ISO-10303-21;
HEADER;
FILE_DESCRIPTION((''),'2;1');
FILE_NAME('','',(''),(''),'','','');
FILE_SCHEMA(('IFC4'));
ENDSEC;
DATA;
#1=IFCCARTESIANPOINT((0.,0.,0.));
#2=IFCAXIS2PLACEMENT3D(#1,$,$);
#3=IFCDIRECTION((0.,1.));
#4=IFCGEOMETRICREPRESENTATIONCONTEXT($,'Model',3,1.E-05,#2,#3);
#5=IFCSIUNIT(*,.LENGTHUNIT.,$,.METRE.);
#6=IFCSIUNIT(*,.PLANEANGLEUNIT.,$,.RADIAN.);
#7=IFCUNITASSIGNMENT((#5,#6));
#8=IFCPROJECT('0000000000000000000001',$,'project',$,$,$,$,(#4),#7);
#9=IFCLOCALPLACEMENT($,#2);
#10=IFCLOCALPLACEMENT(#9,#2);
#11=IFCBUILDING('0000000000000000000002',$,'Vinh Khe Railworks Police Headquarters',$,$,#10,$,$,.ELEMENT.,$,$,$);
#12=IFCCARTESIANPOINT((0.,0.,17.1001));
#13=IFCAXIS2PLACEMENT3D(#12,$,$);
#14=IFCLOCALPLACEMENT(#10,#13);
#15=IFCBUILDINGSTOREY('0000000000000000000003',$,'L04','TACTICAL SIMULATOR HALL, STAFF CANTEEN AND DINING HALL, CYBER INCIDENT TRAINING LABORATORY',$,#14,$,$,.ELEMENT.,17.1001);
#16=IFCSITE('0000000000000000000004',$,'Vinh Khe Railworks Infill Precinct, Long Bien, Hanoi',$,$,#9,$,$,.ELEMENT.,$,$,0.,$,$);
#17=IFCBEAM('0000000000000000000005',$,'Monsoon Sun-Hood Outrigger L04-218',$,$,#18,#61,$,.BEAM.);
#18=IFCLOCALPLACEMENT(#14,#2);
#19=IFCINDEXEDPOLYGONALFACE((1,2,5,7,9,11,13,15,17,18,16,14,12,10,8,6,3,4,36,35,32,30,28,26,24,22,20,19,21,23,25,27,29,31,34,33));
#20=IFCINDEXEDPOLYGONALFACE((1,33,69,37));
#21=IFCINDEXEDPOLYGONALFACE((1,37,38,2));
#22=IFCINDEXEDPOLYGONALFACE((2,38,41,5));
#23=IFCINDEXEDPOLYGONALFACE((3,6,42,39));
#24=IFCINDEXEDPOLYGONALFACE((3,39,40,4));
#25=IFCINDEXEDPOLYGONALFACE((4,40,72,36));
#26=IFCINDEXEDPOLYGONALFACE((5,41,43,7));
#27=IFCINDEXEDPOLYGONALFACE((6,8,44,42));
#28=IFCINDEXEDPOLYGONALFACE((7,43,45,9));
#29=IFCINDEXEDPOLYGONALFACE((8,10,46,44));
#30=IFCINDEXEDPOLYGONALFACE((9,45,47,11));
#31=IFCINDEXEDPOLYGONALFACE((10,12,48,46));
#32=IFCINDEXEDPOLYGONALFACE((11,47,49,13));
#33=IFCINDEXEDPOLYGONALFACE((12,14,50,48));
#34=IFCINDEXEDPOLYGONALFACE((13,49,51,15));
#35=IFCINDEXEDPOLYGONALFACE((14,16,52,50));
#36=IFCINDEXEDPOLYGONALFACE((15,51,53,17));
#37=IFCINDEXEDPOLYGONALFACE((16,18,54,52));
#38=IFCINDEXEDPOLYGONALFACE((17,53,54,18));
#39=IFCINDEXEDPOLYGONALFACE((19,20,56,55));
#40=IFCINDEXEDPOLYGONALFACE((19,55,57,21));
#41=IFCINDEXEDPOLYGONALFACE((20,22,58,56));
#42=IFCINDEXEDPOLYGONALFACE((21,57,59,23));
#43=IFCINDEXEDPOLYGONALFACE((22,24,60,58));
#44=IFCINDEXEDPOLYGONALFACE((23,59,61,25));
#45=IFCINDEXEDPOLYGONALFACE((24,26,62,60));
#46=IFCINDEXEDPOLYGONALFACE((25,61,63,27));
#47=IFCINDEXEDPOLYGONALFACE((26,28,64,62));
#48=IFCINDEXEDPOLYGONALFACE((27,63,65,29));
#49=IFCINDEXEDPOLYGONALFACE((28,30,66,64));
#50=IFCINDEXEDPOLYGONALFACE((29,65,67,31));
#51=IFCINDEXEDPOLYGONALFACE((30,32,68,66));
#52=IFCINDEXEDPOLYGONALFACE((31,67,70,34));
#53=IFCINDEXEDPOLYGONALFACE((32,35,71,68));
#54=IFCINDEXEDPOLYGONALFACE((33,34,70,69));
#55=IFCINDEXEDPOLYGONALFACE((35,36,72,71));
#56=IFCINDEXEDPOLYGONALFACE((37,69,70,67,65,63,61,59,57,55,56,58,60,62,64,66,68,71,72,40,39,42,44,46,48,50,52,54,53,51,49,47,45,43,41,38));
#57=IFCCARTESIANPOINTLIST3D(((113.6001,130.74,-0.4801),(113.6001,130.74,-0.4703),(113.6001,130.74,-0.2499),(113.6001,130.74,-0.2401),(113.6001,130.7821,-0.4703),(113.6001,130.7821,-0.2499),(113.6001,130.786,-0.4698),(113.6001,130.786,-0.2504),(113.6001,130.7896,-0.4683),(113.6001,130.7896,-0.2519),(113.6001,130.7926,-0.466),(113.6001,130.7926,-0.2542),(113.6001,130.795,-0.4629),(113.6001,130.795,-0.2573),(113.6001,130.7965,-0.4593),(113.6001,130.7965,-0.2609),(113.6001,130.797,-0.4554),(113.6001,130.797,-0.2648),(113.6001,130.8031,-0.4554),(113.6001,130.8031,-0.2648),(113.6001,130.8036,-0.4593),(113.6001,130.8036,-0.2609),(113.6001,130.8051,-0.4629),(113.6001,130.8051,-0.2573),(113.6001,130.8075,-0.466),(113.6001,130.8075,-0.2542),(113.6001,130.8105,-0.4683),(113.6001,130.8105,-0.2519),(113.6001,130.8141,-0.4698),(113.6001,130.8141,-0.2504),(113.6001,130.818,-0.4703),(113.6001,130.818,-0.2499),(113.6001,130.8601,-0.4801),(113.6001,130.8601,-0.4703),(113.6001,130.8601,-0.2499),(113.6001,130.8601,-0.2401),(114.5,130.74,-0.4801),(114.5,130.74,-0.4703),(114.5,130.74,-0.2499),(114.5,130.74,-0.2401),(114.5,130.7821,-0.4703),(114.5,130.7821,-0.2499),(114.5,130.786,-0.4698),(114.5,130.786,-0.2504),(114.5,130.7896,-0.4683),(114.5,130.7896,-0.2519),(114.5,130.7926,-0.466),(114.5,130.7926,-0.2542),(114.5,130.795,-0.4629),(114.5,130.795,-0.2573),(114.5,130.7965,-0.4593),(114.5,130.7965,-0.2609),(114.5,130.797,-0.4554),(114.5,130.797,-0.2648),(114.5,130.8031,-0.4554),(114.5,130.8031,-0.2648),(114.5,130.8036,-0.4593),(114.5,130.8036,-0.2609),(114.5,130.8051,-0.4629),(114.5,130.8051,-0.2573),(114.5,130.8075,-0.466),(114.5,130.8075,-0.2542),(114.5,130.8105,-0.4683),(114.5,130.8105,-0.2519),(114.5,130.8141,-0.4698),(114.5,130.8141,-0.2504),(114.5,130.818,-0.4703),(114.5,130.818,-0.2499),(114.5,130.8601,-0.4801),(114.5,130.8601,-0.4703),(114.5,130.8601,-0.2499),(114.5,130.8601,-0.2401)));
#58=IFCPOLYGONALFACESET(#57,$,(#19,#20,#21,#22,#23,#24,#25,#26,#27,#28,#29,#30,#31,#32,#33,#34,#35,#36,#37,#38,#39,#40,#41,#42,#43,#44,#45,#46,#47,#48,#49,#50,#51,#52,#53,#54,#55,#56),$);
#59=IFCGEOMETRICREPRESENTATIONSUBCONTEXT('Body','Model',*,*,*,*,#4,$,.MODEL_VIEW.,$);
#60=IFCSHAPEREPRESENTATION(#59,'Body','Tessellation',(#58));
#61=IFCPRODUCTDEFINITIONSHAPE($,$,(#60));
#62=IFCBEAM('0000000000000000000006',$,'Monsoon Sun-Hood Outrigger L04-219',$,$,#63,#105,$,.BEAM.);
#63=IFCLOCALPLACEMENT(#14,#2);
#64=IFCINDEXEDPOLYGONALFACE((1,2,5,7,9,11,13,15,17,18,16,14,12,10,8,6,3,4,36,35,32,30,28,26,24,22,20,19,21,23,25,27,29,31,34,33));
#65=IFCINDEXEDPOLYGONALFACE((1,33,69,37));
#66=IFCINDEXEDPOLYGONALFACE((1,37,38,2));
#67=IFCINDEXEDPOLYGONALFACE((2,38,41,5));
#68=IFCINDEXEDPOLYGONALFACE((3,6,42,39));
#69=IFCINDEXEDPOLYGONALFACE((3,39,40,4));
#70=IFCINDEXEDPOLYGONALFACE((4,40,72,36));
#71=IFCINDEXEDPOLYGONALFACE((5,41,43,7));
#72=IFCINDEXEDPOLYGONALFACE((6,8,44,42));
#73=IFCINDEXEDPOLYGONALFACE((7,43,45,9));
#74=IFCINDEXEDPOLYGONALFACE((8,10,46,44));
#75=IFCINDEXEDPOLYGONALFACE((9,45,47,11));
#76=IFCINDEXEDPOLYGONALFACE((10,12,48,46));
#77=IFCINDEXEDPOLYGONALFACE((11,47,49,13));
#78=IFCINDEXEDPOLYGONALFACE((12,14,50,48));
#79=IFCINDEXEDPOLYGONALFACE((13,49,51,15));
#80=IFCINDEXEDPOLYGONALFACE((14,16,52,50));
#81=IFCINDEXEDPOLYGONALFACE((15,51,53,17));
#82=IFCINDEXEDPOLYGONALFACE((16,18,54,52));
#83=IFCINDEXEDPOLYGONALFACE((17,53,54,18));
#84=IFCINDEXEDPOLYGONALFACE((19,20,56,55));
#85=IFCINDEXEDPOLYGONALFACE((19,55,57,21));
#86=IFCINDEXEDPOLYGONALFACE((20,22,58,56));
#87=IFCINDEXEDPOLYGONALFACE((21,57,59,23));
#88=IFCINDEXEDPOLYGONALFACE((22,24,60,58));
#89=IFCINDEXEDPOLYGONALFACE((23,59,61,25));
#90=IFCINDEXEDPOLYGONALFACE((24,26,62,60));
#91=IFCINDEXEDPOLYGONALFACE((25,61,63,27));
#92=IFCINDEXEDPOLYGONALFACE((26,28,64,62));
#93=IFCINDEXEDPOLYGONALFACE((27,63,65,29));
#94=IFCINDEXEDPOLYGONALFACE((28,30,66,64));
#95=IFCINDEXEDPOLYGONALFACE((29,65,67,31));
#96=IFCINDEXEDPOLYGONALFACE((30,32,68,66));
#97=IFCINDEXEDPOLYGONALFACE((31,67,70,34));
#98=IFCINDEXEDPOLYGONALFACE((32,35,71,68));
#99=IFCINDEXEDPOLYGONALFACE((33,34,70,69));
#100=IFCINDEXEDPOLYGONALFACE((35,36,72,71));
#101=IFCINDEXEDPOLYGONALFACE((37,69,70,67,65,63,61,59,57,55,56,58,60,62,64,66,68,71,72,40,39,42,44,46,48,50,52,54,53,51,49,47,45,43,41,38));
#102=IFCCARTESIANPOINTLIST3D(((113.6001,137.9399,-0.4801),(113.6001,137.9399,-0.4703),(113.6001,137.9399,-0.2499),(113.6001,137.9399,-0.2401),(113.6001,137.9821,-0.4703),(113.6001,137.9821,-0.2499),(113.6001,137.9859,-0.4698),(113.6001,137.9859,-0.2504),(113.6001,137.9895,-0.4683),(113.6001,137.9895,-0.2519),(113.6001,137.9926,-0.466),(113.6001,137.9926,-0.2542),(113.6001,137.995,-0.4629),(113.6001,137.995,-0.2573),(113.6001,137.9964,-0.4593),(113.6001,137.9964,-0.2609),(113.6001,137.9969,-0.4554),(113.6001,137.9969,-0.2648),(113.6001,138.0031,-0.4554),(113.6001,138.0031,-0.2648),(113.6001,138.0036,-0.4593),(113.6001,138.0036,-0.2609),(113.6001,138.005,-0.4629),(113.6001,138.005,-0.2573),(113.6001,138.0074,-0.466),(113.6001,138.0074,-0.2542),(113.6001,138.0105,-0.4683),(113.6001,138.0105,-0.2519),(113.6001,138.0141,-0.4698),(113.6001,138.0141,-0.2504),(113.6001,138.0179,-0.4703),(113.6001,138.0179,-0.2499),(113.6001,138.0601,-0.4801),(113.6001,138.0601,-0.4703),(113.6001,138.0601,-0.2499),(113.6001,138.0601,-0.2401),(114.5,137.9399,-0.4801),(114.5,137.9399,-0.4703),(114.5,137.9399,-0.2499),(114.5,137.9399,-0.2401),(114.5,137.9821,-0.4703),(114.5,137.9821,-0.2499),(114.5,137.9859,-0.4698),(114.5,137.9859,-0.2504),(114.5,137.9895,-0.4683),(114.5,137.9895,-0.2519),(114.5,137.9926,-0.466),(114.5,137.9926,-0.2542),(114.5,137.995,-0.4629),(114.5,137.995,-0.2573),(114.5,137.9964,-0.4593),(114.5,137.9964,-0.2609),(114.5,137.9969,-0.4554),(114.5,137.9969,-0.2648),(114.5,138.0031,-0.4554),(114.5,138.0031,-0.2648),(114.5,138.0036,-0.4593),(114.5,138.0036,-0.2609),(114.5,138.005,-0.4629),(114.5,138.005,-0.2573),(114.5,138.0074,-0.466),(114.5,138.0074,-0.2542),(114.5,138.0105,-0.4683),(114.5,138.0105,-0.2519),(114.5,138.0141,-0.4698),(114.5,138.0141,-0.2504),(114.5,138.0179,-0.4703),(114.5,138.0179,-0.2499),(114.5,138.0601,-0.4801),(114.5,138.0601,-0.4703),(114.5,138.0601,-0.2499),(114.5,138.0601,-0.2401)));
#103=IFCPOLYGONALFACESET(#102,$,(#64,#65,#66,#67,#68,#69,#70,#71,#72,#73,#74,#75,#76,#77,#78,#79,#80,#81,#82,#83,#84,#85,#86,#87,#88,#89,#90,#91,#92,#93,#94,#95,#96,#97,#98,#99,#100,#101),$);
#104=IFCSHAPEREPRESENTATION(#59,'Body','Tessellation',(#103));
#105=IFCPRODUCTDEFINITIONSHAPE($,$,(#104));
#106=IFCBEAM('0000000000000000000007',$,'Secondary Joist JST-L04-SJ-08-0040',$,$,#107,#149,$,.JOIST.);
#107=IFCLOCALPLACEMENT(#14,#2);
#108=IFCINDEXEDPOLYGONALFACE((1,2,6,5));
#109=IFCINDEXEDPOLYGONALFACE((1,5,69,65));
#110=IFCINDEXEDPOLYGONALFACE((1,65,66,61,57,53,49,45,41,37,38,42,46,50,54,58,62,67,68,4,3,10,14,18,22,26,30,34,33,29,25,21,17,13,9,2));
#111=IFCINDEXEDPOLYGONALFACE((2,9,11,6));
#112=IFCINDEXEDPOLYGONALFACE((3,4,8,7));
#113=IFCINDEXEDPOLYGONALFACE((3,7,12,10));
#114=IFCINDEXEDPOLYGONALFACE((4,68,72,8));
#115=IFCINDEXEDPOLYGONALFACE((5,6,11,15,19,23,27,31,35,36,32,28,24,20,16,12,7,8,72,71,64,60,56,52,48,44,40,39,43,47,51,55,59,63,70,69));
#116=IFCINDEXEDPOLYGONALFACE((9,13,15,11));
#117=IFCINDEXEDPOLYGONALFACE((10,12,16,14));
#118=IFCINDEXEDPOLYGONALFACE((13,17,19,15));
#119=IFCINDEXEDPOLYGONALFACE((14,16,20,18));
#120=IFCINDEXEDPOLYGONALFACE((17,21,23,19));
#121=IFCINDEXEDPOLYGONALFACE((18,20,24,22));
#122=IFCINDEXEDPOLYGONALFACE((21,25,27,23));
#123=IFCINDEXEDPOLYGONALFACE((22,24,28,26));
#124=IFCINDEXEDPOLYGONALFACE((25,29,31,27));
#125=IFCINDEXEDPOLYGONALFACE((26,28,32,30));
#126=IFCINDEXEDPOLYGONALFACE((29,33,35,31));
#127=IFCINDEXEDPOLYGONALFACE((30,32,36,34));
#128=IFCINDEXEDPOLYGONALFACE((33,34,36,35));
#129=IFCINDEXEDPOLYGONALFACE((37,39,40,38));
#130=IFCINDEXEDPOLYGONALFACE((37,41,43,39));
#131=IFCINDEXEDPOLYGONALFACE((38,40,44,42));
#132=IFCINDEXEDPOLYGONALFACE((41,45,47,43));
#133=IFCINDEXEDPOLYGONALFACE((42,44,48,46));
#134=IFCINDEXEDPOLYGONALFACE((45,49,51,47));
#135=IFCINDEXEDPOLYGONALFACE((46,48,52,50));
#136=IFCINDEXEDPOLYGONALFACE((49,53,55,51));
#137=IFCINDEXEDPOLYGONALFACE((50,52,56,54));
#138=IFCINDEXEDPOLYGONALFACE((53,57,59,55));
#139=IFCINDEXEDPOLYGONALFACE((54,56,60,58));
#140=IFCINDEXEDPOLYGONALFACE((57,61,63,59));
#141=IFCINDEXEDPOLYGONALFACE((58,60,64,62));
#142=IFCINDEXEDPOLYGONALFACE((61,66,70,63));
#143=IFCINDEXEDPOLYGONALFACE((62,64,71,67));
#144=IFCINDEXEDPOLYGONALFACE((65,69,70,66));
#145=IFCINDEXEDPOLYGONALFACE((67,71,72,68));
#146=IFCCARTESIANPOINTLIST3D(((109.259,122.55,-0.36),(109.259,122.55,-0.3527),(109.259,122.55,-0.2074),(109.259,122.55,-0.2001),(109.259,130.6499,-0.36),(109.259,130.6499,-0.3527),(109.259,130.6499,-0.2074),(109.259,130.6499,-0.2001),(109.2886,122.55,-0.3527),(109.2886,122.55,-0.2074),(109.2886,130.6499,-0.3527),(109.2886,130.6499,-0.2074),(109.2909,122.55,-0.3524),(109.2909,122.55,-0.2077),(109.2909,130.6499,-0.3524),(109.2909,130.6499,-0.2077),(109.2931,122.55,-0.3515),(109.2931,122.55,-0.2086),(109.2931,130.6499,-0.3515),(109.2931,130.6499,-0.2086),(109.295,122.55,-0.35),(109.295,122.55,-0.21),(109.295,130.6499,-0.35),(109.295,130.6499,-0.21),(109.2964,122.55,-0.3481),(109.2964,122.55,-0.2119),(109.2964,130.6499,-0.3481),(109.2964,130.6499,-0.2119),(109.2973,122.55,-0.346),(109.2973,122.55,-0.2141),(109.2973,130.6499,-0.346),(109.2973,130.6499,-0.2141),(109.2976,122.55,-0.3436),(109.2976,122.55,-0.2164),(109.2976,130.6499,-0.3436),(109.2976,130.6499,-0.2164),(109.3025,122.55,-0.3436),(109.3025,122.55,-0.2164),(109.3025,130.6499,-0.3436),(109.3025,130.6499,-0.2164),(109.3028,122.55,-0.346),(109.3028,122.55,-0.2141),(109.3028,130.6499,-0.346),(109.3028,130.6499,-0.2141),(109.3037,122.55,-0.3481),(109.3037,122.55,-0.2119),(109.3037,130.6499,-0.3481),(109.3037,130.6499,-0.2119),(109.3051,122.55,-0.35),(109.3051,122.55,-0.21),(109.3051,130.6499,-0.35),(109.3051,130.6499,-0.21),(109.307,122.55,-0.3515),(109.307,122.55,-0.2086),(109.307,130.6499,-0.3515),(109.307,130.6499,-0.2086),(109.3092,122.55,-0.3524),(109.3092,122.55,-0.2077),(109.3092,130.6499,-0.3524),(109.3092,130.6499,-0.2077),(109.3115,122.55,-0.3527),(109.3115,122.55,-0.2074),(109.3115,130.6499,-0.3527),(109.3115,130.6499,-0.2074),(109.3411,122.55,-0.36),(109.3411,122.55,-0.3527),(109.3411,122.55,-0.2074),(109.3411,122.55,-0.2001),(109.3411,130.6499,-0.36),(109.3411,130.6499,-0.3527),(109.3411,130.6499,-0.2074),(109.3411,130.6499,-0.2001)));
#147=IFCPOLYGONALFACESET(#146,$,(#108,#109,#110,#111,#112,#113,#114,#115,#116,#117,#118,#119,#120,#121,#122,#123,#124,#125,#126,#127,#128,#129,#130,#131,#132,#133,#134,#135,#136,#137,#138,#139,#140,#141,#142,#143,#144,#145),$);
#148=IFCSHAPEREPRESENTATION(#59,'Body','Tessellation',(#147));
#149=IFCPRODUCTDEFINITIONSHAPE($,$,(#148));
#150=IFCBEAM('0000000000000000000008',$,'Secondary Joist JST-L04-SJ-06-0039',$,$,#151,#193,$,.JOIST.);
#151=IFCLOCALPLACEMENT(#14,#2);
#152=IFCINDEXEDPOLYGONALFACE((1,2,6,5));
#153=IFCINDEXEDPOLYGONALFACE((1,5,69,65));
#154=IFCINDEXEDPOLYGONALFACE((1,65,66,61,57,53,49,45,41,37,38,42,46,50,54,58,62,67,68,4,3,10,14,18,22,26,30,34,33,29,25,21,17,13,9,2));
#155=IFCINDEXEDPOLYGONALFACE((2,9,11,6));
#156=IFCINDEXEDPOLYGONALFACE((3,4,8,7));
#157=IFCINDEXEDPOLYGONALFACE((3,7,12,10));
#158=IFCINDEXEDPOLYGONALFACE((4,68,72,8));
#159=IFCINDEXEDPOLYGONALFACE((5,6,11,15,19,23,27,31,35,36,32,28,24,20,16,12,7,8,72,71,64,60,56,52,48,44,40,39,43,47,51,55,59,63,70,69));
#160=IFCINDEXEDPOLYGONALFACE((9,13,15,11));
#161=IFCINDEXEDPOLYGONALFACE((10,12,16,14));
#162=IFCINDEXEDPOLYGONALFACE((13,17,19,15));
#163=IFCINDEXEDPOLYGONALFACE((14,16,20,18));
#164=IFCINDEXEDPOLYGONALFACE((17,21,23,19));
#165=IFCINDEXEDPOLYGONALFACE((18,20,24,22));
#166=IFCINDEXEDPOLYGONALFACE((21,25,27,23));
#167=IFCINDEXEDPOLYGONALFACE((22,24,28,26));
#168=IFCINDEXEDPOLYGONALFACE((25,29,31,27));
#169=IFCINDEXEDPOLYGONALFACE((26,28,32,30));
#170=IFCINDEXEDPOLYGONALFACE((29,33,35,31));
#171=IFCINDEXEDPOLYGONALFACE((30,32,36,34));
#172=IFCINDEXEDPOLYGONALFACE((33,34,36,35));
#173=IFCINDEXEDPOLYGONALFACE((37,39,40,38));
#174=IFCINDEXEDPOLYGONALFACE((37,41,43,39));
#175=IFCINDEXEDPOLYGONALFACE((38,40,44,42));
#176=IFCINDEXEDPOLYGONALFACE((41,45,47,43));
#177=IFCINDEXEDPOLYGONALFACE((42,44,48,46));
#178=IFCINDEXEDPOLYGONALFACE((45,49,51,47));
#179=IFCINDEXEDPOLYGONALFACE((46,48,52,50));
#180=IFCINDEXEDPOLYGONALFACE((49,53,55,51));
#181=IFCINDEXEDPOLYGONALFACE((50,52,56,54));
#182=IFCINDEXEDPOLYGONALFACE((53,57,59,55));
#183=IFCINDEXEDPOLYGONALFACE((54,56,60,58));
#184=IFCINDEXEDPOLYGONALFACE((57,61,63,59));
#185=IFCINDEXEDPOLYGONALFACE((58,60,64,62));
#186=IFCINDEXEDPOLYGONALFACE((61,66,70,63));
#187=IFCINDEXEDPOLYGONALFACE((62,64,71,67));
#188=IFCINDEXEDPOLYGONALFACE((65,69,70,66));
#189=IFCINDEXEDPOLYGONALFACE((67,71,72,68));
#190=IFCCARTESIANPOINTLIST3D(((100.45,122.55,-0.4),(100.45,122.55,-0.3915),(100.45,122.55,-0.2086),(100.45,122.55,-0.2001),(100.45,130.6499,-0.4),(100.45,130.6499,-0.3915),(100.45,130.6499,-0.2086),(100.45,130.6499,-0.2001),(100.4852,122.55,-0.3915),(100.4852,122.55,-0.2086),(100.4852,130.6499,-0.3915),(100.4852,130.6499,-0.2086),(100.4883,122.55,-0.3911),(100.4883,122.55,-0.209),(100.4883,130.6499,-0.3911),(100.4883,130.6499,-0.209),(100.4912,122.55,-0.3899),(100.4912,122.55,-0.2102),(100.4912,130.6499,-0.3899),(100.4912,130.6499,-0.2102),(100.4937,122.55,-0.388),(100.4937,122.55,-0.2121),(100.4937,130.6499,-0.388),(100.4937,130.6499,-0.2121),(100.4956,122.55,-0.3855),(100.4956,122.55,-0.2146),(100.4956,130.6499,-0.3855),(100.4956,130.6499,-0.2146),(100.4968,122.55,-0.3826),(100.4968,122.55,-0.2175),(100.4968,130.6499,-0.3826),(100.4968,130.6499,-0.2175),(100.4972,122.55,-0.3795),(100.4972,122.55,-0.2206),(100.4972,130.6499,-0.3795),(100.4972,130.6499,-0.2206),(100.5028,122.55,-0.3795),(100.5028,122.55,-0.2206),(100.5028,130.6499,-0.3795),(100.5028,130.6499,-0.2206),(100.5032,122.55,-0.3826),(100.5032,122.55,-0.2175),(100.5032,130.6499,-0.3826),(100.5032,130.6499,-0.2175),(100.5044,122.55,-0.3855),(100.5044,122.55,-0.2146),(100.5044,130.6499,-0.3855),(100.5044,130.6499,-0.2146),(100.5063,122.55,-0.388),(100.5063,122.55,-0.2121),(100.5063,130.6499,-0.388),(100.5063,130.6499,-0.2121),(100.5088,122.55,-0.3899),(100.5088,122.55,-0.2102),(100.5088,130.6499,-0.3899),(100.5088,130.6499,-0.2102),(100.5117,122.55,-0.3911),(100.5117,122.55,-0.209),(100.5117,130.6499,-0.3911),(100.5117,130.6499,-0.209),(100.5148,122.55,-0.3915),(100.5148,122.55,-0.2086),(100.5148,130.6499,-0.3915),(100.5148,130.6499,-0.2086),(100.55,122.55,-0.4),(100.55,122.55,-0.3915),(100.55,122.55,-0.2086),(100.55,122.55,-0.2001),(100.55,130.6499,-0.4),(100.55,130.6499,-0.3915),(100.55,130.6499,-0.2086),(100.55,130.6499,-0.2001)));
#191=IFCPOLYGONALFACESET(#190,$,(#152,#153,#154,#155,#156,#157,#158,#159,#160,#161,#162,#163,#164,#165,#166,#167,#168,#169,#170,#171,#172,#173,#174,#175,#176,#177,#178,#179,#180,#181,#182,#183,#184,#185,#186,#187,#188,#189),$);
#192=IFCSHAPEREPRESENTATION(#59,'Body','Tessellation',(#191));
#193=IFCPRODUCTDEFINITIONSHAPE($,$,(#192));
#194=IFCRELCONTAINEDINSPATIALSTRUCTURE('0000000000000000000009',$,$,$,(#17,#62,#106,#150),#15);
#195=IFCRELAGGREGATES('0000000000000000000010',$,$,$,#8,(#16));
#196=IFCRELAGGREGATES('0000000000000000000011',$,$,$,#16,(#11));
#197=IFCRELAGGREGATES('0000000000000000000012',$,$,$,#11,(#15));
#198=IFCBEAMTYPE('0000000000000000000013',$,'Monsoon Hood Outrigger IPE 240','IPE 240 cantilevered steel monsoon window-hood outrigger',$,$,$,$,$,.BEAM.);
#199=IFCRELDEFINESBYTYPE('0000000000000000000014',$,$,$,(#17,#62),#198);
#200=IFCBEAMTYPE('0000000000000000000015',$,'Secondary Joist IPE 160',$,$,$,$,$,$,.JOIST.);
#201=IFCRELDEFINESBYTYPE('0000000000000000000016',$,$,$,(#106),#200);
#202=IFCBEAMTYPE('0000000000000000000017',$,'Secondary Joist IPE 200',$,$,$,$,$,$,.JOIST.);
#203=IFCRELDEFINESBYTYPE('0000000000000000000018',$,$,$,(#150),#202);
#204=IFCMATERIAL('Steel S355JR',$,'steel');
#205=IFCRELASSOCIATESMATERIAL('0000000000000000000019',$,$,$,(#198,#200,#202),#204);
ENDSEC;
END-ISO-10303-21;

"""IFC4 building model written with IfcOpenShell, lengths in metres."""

from ifc_helpers import new_model, si_unit, direction, frame, origin, origin_2d, place, context, subcontext, project, spatial, i_section, extrude, material, material_profile, profile_set, type_object, element, save


model = new_model("IFC4")

# Units and contexts
model_context = context("Model", 3, precision=1e-05, world=origin(), true_north=direction((0.0, 1.0)))
body_context = subcontext(model_context, "Body", "Model", "MODEL_VIEW")
ifc_project = project(units=[si_unit("LENGTHUNIT", "METRE"), si_unit("PLANEANGLEUNIT", "RADIAN")], contexts=[model_context])

# Site, building, storey
site_placement = place(None, origin())
site = spatial("IfcSite", under=ifc_project, at=site_placement, Name="Vinh Khe Railworks Infill Precinct, Long Bien, Hanoi", CompositionType="ELEMENT", RefElevation=0.0)
building_placement = place(site_placement, origin())
building = spatial("IfcBuilding", under=site, at=building_placement, Name="Vinh Khe Railworks Police Headquarters", CompositionType="ELEMENT")
storey_placement = place(building_placement, frame((0.0, 0.0, 17.1001)))
storey = spatial("IfcBuildingStorey", under=building, at=storey_placement, Name="L04", Description="TACTICAL SIMULATOR HALL, STAFF CANTEEN AND DINING HALL, CYBER INCIDENT TRAINING LABORATORY", CompositionType="ELEMENT", Elevation=17.1001)

# Shared definitions
ifc_material_1 = material(Name="Steel S355JR", Category="steel")

# Beams
ifc_material_profile_1 = material_profile(ifc_material_1, i_section(OverallWidth=0.1201, OverallDepth=0.24, WebThickness=0.0061, FlangeThickness=0.0098, FilletRadius=0.0149, at=origin_2d()), Name="IPE 240")
ifc_profile_set_1 = profile_set([ifc_material_profile_1], Name="Steel S355JR")
beam_type_1 = type_object("IfcBeamType", Name="Monsoon Hood Outrigger IPE 240", Description="IPE 240 cantilevered steel monsoon window-hood outrigger", PredefinedType="BEAM", material=ifc_profile_set_1)
for number, where, z_axis, x_axis, name in (
    (1, (113.6001, 130.8, -0.3601), (1.0, 0.0, 0.0), (0.0, 1.0, 0.0), "Monsoon Sun-Hood Outrigger L04-218"),
    (2, (113.6001, 138.0, -0.3601), (1.0, 0.0, 0.0), (0.0, 1.0, 0.0), "Monsoon Sun-Hood Outrigger L04-219"),
):
    element("IfcBeam", number, at=place(storey_placement, frame(where, z_axis=z_axis, x_axis=x_axis)), inside=storey, type_object=beam_type_1, Name=name, PredefinedType="BEAM", context=body_context, shape_type="SweptSolid", body=[
        extrude(i_section(OverallWidth=0.1201, OverallDepth=0.24, WebThickness=0.0061, FlangeThickness=0.0098, FilletRadius=0.0149, at=origin_2d()), origin(), (0.0, 0.0, 1.0), 0.8999),
    ])
ifc_material_profile_2 = material_profile(ifc_material_1, i_section(OverallWidth=0.082, OverallDepth=0.1599, WebThickness=0.0049, FlangeThickness=0.0073, FilletRadius=0.009, at=origin_2d()), Name="IPE 160")
ifc_profile_set_2 = profile_set([ifc_material_profile_2], Name="Steel S355JR")
beam_type_2 = type_object("IfcBeamType", Name="Secondary Joist IPE 160", PredefinedType="JOIST", material=ifc_profile_set_2)
beam_1_placement = place(storey_placement, frame((109.3, 122.55, -0.28), z_axis=(0.0, 1.0, 0.0), x_axis=(-1.0, 0.0, 0.0)))
element("IfcBeam", 3, at=beam_1_placement, inside=storey, type_object=beam_type_2, Name="Secondary Joist JST-L04-SJ-08-0040", PredefinedType="JOIST", context=body_context, shape_type="SweptSolid", body=[
    extrude(i_section(OverallWidth=0.082, OverallDepth=0.1599, WebThickness=0.0049, FlangeThickness=0.0073, FilletRadius=0.009, at=origin_2d()), origin(), (0.0, 0.0, 1.0), 8.0999),
])
ifc_material_profile_3 = material_profile(ifc_material_1, i_section(OverallWidth=0.1001, OverallDepth=0.2, WebThickness=0.0056, FlangeThickness=0.0085, FilletRadius=0.012, at=origin_2d()), Name="IPE 200")
ifc_profile_set_3 = profile_set([ifc_material_profile_3], Name="Steel S355JR")
beam_type_3 = type_object("IfcBeamType", Name="Secondary Joist IPE 200", PredefinedType="JOIST", material=ifc_profile_set_3)
beam_2_placement = place(storey_placement, frame((100.5, 122.55, -0.3), z_axis=(0.0, 1.0, 0.0), x_axis=(-1.0, 0.0, 0.0)))
element("IfcBeam", 4, at=beam_2_placement, inside=storey, type_object=beam_type_3, Name="Secondary Joist JST-L04-SJ-06-0039", PredefinedType="JOIST", context=body_context, shape_type="SweptSolid", body=[
    extrude(i_section(OverallWidth=0.1001, OverallDepth=0.2, WebThickness=0.0056, FlangeThickness=0.0085, FilletRadius=0.012, at=origin_2d()), origin(), (0.0, 0.0, 1.0), 8.0999),
])

save(model, "model.ifc")
